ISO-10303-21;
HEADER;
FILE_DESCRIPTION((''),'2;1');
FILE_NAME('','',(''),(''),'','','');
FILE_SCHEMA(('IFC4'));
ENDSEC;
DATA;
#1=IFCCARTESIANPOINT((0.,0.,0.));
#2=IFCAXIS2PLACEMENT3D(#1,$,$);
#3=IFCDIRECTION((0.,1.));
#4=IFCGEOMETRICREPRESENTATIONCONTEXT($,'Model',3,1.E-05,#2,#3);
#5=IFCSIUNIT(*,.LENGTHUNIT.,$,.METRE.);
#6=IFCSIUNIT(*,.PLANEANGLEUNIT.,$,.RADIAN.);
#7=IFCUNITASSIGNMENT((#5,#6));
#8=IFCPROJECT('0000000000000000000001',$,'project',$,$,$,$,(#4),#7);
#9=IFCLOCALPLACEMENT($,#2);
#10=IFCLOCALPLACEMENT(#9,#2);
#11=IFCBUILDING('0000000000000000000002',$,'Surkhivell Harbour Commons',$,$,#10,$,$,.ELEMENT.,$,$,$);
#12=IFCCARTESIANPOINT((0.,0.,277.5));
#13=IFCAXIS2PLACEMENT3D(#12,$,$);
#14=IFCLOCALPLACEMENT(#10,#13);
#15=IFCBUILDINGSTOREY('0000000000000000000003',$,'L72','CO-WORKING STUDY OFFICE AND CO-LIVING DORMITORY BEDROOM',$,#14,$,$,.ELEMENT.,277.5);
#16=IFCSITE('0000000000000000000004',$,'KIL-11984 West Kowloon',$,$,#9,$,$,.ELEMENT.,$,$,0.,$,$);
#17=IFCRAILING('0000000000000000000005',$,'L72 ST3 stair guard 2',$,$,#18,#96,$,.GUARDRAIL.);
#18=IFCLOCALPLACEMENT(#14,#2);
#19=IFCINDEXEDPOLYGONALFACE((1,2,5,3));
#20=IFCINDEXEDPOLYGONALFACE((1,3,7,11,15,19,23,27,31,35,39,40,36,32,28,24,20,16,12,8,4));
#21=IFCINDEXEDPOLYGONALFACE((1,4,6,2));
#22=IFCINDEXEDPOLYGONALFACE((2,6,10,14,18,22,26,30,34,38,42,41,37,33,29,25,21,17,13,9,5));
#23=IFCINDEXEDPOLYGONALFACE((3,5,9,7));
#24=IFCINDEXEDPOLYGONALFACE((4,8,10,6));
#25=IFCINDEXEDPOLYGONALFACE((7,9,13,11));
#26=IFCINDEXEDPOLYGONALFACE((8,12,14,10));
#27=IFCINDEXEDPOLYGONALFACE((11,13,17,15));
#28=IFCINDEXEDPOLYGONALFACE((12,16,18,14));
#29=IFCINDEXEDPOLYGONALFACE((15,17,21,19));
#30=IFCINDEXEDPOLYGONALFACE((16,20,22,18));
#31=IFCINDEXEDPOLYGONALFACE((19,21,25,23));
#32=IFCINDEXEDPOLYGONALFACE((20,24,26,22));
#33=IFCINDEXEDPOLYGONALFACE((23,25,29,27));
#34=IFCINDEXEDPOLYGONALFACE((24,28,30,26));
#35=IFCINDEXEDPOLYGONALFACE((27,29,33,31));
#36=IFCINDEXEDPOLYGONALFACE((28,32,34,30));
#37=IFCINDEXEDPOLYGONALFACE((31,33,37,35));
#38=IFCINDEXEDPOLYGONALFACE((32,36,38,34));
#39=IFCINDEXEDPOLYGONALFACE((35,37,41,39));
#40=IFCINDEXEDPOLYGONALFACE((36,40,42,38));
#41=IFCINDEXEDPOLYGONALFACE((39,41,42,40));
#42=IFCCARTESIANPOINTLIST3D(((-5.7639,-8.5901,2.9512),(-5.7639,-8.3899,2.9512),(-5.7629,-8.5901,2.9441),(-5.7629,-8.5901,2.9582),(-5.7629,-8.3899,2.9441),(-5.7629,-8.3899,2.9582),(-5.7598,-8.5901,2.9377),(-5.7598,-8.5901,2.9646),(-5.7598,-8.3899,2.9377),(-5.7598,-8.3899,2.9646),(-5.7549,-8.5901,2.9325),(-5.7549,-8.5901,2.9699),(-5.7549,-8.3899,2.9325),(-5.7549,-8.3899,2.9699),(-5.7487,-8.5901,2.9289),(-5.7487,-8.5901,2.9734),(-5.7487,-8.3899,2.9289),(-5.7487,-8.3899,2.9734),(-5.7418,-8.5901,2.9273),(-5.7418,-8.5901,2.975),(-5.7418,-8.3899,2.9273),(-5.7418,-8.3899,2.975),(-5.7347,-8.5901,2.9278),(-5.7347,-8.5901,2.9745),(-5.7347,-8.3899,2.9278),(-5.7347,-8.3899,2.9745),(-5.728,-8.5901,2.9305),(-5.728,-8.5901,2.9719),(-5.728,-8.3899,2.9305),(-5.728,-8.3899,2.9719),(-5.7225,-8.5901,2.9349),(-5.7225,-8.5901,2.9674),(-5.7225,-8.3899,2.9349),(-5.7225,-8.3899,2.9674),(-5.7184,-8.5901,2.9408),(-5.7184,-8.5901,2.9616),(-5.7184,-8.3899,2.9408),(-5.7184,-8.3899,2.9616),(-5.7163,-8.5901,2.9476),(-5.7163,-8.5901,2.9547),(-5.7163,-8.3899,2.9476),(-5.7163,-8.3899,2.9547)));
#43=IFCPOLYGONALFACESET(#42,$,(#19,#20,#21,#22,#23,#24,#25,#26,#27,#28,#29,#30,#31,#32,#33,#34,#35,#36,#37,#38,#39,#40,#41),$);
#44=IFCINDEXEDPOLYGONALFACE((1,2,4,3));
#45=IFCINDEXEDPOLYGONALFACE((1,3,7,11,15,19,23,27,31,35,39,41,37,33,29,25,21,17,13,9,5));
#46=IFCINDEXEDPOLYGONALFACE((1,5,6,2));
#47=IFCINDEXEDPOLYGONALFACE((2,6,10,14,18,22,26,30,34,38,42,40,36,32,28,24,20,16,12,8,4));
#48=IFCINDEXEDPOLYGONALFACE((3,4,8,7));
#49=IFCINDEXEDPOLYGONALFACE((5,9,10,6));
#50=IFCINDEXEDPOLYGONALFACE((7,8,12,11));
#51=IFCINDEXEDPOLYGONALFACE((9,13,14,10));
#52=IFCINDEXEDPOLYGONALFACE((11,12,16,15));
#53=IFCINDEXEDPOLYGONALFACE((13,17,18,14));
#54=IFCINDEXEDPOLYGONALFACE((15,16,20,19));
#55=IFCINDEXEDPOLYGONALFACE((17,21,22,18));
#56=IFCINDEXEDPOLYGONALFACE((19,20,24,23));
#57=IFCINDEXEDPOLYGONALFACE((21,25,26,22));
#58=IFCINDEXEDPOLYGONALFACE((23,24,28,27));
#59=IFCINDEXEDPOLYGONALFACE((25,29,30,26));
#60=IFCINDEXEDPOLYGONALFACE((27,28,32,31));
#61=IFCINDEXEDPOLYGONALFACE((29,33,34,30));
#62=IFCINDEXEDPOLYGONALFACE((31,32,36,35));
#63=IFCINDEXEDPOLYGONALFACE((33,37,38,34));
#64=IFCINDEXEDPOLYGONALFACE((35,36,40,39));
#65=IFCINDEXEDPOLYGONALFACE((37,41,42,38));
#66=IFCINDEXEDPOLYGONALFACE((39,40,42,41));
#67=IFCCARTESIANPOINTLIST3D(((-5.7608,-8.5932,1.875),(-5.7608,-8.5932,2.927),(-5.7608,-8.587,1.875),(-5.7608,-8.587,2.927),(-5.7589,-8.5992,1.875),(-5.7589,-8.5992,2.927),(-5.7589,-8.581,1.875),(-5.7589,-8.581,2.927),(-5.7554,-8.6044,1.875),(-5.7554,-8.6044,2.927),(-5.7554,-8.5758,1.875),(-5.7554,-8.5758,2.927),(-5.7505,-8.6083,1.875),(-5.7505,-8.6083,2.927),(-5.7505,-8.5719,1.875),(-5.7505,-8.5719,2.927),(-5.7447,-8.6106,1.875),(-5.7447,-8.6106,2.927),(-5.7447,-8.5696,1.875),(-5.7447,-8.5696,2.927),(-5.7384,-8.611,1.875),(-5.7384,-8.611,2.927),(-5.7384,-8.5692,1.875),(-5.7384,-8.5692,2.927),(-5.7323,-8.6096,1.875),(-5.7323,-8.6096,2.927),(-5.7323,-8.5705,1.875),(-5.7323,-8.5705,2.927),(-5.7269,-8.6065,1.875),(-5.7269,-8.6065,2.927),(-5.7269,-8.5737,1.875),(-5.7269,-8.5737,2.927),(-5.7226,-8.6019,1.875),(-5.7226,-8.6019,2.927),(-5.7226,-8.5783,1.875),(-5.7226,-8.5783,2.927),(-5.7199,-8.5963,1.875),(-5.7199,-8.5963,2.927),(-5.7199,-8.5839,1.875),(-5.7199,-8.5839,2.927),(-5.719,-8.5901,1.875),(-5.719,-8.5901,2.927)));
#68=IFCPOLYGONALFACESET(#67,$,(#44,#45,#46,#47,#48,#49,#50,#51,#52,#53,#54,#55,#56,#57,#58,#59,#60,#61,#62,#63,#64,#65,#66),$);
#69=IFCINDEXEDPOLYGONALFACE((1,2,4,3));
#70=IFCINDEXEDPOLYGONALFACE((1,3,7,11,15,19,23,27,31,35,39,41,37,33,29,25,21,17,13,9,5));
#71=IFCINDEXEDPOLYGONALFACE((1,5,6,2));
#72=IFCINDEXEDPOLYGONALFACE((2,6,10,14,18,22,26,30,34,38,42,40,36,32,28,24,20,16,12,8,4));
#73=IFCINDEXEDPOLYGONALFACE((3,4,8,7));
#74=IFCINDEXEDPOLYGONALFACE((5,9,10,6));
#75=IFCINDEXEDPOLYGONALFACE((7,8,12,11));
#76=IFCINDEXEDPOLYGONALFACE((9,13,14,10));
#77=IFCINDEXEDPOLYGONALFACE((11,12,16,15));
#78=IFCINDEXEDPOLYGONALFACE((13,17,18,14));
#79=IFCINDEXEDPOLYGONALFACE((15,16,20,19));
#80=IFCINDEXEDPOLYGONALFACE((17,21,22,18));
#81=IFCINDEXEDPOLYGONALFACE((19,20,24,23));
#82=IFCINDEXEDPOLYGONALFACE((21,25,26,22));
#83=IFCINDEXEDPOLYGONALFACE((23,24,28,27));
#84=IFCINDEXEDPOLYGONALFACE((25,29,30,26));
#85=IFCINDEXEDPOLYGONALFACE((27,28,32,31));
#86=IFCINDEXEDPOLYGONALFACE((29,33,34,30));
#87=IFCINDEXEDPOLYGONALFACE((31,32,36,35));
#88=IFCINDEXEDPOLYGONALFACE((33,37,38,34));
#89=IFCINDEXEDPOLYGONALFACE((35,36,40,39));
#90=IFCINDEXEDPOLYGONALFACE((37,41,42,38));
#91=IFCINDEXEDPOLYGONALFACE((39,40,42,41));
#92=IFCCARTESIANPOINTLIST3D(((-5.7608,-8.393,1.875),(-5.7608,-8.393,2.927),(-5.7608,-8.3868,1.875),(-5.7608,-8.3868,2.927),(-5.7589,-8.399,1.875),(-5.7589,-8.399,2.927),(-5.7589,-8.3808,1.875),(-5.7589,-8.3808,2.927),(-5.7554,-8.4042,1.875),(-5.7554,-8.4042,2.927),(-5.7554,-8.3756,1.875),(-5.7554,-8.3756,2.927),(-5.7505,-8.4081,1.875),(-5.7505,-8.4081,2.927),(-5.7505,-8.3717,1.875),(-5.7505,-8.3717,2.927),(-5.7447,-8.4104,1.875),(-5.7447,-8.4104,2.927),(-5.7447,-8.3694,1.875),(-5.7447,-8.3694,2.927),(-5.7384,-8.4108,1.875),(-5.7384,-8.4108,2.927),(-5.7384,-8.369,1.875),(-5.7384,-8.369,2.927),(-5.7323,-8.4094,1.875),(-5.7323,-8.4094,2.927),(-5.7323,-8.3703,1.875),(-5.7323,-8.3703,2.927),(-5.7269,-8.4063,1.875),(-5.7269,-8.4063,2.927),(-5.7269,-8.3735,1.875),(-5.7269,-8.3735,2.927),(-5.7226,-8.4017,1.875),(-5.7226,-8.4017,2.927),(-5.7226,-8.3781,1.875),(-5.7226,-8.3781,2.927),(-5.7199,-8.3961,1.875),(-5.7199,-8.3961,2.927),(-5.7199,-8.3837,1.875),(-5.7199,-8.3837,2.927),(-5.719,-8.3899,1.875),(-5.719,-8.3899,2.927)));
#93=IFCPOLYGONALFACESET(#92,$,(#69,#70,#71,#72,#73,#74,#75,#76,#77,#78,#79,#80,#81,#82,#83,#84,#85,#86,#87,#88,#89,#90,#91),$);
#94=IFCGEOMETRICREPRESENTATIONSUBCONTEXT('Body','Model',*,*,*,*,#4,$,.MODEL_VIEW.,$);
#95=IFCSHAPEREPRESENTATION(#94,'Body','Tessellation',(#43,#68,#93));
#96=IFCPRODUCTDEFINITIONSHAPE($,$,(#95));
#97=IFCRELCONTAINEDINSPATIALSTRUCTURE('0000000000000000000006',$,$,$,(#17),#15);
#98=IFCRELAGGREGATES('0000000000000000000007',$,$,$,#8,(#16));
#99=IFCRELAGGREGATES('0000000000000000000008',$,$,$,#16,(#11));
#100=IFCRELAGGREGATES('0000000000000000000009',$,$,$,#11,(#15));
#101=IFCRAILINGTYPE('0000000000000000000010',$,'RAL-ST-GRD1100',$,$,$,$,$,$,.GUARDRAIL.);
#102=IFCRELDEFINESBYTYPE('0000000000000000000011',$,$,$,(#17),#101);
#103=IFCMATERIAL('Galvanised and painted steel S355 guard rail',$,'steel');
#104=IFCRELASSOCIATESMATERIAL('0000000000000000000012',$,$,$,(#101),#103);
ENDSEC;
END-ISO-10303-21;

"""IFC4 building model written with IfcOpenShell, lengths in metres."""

from ifc_helpers import new_model, si_unit, direction, frame, origin, origin_2d, place, context, subcontext, project, spatial, circle, extrude, material, type_object, element, save


model = new_model("IFC4")

# Units and contexts
model_context = context("Model", 3, precision=1e-05, world=origin(), true_north=direction((0.0, 1.0)))
body_context = subcontext(model_context, "Body", "Model", "MODEL_VIEW")
ifc_project = project(units=[si_unit("LENGTHUNIT", "METRE"), si_unit("PLANEANGLEUNIT", "RADIAN")], contexts=[model_context])

# Site, building, storey
site_placement = place(None, origin())
site = spatial("IfcSite", under=ifc_project, at=site_placement, Name="KIL-11984 West Kowloon", CompositionType="ELEMENT", RefElevation=0.0)
building_placement = place(site_placement, origin())
building = spatial("IfcBuilding", under=site, at=building_placement, Name="Surkhivell Harbour Commons", CompositionType="ELEMENT")
storey_placement = place(building_placement, frame((0.0, 0.0, 277.5)))
storey = spatial("IfcBuildingStorey", under=building, at=storey_placement, Name="L72", Description="CO-WORKING STUDY OFFICE AND CO-LIVING DORMITORY BEDROOM", CompositionType="ELEMENT", Elevation=277.5)

# Railing
ifc_material_1 = material(Name="Galvanised and painted steel S355 guard rail", Category="steel")
railing_type_1 = type_object("IfcRailingType", Name="RAL-ST-GRD1100", PredefinedType="GUARDRAIL", material=ifc_material_1)
railing_1_placement = place(storey_placement, frame((-5.74, -8.5901, 1.875)))
element("IfcRailing", 1, at=railing_1_placement, inside=storey, type_object=railing_type_1, Name="L72 ST3 stair guard 2", PredefinedType="GUARDRAIL", context=body_context, shape_type="SweptSolid", body=[
    extrude(circle(Radius=0.0239, at=origin_2d()), frame((0.0, 0.0, 1.0762), z_axis=(0.0, 1.0, 0.0), x_axis=(-1.0, 0.0, 0.0)), (0.0, 0.0, 1.0), 0.2002),
    extrude(circle(Radius=0.021, at=origin_2d()), origin(), (0.0, 0.0, 1.0), 1.052),
    extrude(circle(Radius=0.021, at=origin_2d()), frame((0.0, 0.2002, 0.0)), (0.0, 0.0, 1.0), 1.052),
])

save(model, "model.ifc")
